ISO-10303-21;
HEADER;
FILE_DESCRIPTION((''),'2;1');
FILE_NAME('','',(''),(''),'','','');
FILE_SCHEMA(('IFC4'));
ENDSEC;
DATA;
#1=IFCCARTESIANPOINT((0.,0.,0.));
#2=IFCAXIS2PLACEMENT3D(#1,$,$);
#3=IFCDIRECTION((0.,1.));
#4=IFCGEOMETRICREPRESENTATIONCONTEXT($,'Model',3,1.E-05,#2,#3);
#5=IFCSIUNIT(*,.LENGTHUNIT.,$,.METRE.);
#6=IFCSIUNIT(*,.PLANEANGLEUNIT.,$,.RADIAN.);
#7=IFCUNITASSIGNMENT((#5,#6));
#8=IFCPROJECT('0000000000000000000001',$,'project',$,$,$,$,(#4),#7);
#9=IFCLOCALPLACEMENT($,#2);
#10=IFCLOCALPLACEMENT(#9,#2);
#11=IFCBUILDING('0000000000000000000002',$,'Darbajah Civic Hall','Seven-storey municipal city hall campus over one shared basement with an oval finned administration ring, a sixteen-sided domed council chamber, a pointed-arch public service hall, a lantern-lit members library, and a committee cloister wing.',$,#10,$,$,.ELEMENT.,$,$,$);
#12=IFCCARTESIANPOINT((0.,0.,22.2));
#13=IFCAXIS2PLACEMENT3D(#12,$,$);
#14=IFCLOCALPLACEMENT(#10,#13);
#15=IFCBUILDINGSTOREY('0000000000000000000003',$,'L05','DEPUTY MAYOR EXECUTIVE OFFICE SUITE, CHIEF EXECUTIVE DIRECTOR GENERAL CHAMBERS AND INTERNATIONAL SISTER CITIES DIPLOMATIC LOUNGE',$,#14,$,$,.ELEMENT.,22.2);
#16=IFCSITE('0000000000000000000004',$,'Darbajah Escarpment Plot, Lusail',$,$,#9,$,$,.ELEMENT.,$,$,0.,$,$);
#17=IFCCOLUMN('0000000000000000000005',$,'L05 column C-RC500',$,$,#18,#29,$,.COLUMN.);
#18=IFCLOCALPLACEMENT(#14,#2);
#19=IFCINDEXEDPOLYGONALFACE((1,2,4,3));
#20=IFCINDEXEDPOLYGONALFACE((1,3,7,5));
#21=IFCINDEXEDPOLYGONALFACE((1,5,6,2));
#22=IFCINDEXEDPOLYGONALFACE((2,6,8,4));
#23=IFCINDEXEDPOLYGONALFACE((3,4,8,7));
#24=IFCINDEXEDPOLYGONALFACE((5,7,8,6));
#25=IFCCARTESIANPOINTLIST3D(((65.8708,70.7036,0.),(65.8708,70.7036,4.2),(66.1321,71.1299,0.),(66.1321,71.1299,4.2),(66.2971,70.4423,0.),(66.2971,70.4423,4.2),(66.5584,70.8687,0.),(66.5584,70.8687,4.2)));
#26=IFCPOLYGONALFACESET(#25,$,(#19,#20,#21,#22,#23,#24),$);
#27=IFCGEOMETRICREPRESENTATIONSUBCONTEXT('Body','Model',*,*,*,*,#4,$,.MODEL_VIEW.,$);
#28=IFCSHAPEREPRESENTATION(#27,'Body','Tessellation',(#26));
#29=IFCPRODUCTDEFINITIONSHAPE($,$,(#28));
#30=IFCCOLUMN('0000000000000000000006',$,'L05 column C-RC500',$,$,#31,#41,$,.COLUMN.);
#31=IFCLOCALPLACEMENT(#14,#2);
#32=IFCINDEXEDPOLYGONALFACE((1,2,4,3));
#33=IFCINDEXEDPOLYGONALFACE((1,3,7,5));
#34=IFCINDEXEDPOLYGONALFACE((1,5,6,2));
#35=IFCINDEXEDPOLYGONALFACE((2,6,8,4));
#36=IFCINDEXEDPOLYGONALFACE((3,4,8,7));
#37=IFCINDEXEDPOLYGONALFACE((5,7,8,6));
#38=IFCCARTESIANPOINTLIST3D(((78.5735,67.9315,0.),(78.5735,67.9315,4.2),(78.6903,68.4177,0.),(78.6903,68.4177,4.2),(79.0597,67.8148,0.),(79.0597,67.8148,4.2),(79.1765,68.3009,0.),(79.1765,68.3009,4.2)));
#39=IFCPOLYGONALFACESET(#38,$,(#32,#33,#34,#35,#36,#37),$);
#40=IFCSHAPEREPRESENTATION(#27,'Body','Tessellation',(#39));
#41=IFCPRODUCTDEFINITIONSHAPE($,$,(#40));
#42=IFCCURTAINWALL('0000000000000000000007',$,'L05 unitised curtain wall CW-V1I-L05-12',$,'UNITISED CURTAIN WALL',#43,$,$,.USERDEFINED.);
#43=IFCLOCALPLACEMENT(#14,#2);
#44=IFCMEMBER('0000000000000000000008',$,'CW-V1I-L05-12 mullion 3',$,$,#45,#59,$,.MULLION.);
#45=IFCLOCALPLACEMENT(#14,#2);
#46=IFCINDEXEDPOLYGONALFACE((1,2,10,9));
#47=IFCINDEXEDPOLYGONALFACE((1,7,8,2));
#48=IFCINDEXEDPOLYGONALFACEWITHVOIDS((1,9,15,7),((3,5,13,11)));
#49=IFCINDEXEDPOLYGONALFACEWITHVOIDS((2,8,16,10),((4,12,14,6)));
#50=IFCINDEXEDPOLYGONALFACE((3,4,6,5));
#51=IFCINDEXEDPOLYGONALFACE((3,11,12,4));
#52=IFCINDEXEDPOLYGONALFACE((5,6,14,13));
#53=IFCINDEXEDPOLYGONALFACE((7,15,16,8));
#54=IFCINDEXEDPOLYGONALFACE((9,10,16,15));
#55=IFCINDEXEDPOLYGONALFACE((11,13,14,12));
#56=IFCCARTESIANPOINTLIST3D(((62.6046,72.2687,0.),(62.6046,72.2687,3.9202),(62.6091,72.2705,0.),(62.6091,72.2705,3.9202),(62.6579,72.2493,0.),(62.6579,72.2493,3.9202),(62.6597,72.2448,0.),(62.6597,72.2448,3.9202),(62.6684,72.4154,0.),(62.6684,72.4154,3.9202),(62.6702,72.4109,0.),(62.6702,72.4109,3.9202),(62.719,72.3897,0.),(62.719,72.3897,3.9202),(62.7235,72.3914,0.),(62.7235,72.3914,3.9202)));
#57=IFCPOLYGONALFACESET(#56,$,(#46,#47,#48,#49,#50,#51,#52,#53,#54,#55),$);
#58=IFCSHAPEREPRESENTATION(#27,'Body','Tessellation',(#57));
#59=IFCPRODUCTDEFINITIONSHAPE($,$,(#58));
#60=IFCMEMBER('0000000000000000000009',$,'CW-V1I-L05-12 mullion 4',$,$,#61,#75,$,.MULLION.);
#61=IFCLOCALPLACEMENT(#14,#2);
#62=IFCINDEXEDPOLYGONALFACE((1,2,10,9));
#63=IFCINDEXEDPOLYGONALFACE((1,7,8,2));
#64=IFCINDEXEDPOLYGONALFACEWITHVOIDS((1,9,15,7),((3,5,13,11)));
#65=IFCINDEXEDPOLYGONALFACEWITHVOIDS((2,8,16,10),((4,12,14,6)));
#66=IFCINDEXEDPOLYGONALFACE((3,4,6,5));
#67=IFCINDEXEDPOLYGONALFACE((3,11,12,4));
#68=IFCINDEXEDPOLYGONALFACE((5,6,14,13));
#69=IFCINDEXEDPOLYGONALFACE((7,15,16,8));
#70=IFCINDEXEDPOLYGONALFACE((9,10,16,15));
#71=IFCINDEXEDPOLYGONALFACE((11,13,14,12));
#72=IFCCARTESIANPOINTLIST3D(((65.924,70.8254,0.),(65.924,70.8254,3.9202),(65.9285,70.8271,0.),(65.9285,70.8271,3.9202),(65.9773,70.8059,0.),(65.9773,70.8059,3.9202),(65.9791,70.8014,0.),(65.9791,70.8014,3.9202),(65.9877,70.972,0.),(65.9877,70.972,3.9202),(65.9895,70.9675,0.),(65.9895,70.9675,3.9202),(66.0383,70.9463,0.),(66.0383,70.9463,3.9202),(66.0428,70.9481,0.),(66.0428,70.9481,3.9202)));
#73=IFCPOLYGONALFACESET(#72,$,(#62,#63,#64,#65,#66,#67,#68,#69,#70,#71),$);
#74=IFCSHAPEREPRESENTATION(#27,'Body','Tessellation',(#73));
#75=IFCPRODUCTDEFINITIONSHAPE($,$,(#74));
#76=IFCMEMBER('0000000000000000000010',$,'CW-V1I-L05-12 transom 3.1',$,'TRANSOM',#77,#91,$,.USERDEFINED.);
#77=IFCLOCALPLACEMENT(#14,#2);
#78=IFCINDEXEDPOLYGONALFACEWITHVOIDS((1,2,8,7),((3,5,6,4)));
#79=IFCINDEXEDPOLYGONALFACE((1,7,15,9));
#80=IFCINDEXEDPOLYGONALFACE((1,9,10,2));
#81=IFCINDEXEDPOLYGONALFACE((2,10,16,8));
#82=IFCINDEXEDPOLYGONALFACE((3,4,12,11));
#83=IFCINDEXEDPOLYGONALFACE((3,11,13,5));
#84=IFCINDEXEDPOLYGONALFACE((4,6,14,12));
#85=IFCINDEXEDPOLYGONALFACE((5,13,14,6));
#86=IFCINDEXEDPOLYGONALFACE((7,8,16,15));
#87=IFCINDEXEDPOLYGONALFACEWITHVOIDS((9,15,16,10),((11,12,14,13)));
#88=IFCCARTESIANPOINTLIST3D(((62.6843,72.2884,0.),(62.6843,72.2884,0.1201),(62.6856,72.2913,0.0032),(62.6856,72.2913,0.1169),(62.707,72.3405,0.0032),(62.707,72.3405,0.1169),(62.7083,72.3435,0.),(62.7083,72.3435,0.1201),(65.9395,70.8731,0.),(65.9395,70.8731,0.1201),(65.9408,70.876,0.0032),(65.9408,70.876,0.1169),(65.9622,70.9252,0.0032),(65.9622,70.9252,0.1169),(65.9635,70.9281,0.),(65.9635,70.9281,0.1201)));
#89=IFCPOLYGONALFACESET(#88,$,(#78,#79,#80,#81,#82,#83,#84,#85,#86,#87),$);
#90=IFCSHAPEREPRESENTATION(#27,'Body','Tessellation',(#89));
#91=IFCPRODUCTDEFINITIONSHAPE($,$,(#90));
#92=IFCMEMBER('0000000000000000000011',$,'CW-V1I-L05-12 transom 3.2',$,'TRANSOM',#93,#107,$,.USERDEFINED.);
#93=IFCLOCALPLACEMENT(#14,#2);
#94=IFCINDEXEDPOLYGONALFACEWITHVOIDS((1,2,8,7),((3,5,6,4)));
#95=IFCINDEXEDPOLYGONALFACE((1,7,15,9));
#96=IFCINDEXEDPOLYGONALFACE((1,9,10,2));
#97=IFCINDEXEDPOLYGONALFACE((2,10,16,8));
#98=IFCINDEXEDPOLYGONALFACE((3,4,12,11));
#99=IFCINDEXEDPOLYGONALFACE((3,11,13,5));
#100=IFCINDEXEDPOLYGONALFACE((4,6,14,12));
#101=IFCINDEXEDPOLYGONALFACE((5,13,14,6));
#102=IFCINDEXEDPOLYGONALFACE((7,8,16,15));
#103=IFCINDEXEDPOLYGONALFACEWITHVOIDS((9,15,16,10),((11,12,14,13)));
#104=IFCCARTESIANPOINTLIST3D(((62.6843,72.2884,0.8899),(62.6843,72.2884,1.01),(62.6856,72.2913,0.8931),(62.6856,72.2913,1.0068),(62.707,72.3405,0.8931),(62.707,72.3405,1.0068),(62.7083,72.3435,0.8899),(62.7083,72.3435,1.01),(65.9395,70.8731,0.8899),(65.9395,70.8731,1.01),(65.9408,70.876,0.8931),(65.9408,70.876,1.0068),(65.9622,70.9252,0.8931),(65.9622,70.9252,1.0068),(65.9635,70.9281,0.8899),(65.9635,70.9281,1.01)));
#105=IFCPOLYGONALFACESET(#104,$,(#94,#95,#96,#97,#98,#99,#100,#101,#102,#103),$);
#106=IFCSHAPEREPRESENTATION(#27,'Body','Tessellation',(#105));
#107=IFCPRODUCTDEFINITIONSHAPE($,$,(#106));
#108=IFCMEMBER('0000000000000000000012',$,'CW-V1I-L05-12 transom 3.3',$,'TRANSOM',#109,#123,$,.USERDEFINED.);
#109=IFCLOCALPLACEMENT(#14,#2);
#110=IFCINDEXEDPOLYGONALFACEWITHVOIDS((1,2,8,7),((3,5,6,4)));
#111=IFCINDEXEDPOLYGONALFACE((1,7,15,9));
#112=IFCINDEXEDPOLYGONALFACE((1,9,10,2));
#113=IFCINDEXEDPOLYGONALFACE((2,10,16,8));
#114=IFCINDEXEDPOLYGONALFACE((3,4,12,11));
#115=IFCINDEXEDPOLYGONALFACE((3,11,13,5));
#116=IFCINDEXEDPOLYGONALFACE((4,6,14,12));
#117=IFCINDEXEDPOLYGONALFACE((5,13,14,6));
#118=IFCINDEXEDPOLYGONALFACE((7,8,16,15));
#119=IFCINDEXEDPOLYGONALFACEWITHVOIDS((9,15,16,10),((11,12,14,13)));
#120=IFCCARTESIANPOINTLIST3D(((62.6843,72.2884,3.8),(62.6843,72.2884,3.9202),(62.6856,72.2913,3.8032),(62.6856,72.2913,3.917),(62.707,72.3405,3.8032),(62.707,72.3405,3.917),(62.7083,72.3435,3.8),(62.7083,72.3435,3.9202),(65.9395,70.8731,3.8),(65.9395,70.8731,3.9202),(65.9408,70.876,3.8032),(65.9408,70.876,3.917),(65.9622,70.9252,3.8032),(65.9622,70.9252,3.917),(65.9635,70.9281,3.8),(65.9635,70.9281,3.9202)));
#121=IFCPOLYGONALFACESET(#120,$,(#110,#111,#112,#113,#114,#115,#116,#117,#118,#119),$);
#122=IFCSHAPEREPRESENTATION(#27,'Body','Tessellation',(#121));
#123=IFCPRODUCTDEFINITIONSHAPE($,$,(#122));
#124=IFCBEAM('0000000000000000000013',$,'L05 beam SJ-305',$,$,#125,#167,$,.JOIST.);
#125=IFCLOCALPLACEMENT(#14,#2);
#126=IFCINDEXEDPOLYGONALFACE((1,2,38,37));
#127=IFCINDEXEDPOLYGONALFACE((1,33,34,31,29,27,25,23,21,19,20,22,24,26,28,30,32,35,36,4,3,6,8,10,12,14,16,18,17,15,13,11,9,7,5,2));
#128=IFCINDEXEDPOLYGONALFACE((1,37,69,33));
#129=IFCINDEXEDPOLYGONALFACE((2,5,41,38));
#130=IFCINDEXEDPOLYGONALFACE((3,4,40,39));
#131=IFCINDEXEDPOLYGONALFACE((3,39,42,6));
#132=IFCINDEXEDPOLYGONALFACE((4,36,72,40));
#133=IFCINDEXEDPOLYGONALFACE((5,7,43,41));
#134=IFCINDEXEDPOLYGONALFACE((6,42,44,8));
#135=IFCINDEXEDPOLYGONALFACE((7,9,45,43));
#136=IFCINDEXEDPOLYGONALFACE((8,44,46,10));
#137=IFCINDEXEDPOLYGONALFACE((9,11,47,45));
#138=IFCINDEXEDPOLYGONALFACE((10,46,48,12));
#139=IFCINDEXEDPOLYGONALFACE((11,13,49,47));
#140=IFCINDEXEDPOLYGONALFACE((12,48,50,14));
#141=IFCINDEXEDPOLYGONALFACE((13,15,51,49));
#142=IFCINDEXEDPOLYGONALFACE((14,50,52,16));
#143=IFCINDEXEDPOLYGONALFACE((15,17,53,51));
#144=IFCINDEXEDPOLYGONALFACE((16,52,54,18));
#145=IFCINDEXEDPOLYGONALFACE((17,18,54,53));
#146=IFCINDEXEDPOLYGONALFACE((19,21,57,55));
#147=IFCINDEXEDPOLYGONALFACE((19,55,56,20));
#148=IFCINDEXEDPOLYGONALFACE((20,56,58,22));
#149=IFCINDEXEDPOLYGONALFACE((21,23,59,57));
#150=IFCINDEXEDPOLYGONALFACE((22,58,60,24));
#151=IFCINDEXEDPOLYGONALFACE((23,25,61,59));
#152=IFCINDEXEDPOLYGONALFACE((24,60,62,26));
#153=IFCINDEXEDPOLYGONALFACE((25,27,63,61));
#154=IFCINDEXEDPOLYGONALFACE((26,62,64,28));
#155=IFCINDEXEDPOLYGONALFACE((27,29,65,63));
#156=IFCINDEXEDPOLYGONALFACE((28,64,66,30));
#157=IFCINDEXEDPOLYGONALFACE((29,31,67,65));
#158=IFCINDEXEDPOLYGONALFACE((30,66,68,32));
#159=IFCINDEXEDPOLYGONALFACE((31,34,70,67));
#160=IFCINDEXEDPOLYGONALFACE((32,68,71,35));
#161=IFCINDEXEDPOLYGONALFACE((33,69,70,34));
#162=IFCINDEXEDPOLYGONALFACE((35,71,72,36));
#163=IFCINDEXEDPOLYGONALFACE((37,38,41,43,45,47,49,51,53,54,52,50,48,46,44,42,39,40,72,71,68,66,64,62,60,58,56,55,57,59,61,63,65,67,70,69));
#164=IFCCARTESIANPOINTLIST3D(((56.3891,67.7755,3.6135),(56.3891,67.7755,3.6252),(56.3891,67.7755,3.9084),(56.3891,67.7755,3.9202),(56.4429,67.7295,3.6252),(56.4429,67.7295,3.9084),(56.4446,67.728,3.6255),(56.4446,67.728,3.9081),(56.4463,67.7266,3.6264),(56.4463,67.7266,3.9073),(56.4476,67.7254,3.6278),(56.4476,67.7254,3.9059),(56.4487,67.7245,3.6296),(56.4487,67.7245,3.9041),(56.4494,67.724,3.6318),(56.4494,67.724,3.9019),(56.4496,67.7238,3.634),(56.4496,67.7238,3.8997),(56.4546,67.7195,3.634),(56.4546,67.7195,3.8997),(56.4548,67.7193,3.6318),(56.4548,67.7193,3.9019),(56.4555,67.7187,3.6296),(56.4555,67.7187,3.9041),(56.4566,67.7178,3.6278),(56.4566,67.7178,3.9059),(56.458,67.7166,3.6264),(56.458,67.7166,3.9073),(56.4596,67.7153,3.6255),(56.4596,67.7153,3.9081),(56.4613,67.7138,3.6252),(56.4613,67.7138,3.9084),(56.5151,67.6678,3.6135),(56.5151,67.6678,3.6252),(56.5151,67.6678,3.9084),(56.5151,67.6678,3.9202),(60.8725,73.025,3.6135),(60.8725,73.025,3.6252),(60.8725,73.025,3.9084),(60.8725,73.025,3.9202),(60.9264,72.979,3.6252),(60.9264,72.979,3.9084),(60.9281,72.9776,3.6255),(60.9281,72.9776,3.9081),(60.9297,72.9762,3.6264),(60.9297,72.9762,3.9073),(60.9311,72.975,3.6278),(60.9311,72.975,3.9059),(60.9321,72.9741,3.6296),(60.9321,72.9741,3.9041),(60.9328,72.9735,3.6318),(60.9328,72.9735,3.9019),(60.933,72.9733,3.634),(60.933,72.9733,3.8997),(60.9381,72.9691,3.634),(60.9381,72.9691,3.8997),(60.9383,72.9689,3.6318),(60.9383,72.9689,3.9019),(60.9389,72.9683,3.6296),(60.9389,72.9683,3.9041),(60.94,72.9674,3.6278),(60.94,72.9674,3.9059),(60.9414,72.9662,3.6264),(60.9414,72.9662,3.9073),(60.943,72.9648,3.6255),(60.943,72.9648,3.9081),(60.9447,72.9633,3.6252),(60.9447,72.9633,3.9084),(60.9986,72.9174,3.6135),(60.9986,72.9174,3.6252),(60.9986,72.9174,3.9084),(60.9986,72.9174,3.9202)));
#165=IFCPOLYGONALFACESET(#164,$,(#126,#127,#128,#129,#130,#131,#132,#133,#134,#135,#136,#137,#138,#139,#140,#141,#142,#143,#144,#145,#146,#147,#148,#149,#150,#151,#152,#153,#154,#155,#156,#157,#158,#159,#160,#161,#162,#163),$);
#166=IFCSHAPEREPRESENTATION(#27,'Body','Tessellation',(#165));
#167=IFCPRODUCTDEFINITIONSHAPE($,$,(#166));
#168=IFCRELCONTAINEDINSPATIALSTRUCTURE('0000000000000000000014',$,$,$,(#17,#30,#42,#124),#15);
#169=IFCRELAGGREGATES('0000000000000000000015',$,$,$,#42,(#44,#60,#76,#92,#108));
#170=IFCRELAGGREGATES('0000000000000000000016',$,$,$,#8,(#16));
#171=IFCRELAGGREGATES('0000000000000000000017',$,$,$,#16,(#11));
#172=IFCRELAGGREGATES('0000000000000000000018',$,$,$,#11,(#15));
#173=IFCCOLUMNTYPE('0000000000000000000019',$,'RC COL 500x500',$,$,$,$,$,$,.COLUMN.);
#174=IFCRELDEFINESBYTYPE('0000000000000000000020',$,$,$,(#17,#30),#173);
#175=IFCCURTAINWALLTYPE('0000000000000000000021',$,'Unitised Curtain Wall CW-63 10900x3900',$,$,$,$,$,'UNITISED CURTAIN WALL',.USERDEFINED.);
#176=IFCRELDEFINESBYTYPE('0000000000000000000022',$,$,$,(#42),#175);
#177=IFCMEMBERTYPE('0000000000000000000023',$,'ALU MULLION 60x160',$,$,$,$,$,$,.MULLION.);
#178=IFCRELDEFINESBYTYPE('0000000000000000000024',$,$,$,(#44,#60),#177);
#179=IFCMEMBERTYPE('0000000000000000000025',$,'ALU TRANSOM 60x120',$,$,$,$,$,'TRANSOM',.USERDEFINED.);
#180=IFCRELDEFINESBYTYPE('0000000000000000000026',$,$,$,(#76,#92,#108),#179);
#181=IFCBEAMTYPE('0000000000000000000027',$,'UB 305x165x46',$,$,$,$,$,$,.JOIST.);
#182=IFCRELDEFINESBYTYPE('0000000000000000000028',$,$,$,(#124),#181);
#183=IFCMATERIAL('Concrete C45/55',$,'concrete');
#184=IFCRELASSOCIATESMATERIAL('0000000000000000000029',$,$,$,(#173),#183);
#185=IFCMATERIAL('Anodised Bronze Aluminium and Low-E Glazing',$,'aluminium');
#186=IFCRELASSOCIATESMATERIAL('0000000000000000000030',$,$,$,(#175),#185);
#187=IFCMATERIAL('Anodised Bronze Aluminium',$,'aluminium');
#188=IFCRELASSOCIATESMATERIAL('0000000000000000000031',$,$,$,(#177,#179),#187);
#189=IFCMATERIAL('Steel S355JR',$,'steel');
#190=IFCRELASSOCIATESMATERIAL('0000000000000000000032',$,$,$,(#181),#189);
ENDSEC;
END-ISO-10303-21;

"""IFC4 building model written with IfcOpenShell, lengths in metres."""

from ifc_helpers import new_model, si_unit, direction, frame, origin, origin_2d, place, context, subcontext, project, spatial, rectangle, hollow_rectangle, i_section, extrude, material, material_profile, profile_set, type_object, element, aggregate, save


model = new_model("IFC4")

# Units and contexts
model_context = context("Model", 3, precision=1e-05, world=origin(), true_north=direction((0.0, 1.0)))
body_context = subcontext(model_context, "Body", "Model", "MODEL_VIEW")
ifc_project = project(units=[si_unit("LENGTHUNIT", "METRE"), si_unit("PLANEANGLEUNIT", "RADIAN")], contexts=[model_context])

# Site, building, storey
site_placement = place(None, origin())
site = spatial("IfcSite", under=ifc_project, at=site_placement, Name="Darbajah Escarpment Plot, Lusail", CompositionType="ELEMENT", RefElevation=0.0)
building_placement = place(site_placement, origin())
building = spatial("IfcBuilding", under=site, at=building_placement, Name="Darbajah Civic Hall", Description="Seven-storey municipal city hall campus over one shared basement with an oval finned administration ring, a sixteen-sided domed council chamber, a pointed-arch public service hall, a lantern-lit members library, and a committee cloister wing.", CompositionType="ELEMENT")
storey_placement = place(building_placement, frame((0.0, 0.0, 22.2)))
storey = spatial("IfcBuildingStorey", under=building, at=storey_placement, Name="L05", Description="DEPUTY MAYOR EXECUTIVE OFFICE SUITE, CHIEF EXECUTIVE DIRECTOR GENERAL CHAMBERS AND INTERNATIONAL SISTER CITIES DIPLOMATIC LOUNGE", CompositionType="ELEMENT", Elevation=22.2)

# Columns
ifc_material_1 = material(Name="Concrete C45/55", Category="concrete")
ifc_material_profile_1 = material_profile(ifc_material_1, rectangle(XDim=0.5, YDim=0.5, at=origin_2d()), Name="RC COL 500x500")
ifc_profile_set_1 = profile_set([ifc_material_profile_1], Name="Concrete C45/55")
column_type = type_object("IfcColumnType", Name="RC COL 500x500", PredefinedType="COLUMN", material=ifc_profile_set_1)
for number, where, z_axis, x_axis, name in (
    (1, (66.2146, 70.7861, 0.0), (0.0, 0.0, 1.0), (-0.522499, -0.85264, 0.0), "L05 column C-RC500"),
    (2, (78.875, 68.1162, 0.0), (0.0, 0.0, 1.0), (-0.233445, -0.97237, 0.0), "L05 column C-RC500"),
):
    element("IfcColumn", number, at=place(storey_placement, frame(where, z_axis=z_axis, x_axis=x_axis)), inside=storey, type_object=column_type, Name=name, PredefinedType="COLUMN", context=body_context, shape_type="SweptSolid", body=[
        extrude(rectangle(XDim=0.5, YDim=0.5, at=origin_2d()), origin(), (0.0, 0.0, 1.0), 4.2),
    ])

# Curtain wall, members
ifc_material_2 = material(Name="Anodised Bronze Aluminium and Low-E Glazing", Category="aluminium")
curtain_wall_type = type_object("IfcCurtainWallType", Name="Unitised Curtain Wall CW-63 10900x3900", ElementType="UNITISED CURTAIN WALL", PredefinedType="USERDEFINED", material=ifc_material_2)
curtain_wall_placement = place(storey_placement, origin())
curtain_wall = element("IfcCurtainWall", 3, at=curtain_wall_placement, inside=storey, type_object=curtain_wall_type, Name="L05 unitised curtain wall CW-V1I-L05-12", ObjectType="UNITISED CURTAIN WALL", PredefinedType="USERDEFINED")
ifc_material_3 = material(Name="Anodised Bronze Aluminium", Category="aluminium")
ifc_material_profile_2 = material_profile(ifc_material_3, hollow_rectangle(XDim=0.0601, YDim=0.1599, WallThickness=0.0034, at=origin_2d()), Name="ALU MULLION 60x160")
ifc_profile_set_2 = profile_set([ifc_material_profile_2], Name="Anodised Bronze Aluminium")
member_type_1 = type_object("IfcMemberType", Name="ALU MULLION 60x160", PredefinedType="MULLION", material=ifc_profile_set_2)
member_1_placement = place(storey_placement, frame((62.6641, 72.3301, 0.0), z_axis=(0.0, 0.0, 1.0), x_axis=(0.91706, -0.398749, 0.0)))
member_1 = element("IfcMember", 4, at=member_1_placement, type_object=member_type_1, Name="CW-V1I-L05-12 mullion 3", PredefinedType="MULLION", context=body_context, shape_type="SweptSolid", body=[
    extrude(hollow_rectangle(XDim=0.0601, YDim=0.1599, WallThickness=0.0034, at=origin_2d()), origin(), (0.0, 0.0, 1.0), 3.9202),
])
member_2_placement = place(storey_placement, frame((65.9834, 70.8867, 0.0), z_axis=(0.0, 0.0, 1.0), x_axis=(0.91706, -0.398749, 0.0)))
member_2 = element("IfcMember", 5, at=member_2_placement, type_object=member_type_1, Name="CW-V1I-L05-12 mullion 4", PredefinedType="MULLION", context=body_context, shape_type="SweptSolid", body=[
    extrude(hollow_rectangle(XDim=0.0601, YDim=0.1599, WallThickness=0.0034, at=origin_2d()), origin(), (0.0, 0.0, 1.0), 3.9202),
])
ifc_material_profile_3 = material_profile(ifc_material_3, hollow_rectangle(XDim=0.0601, YDim=0.1201, WallThickness=0.0032, at=origin_2d()), Name="ALU TRANSOM 60x120")
ifc_profile_set_3 = profile_set([ifc_material_profile_3], Name="Anodised Bronze Aluminium")
member_type_2 = type_object("IfcMemberType", Name="ALU TRANSOM 60x120", ElementType="TRANSOM", PredefinedType="USERDEFINED", material=ifc_profile_set_3)
member_3_placement = place(storey_placement, frame((62.6963, 72.3159, 0.0601), z_axis=(0.917069, -0.398729, 0.0), x_axis=(0.398729, 0.917069, 0.0)))
member_3 = element("IfcMember", 6, at=member_3_placement, type_object=member_type_2, Name="CW-V1I-L05-12 transom 3.1", ObjectType="TRANSOM", PredefinedType="USERDEFINED", context=body_context, shape_type="SweptSolid", body=[
    extrude(hollow_rectangle(XDim=0.0601, YDim=0.1201, WallThickness=0.0032, at=origin_2d()), origin(), (0.0, 0.0, 1.0), 3.5496),
])
member_4_placement = place(storey_placement, frame((62.6963, 72.3159, 0.95), z_axis=(0.917069, -0.398729, 0.0), x_axis=(0.398729, 0.917069, 0.0)))
member_4 = element("IfcMember", 7, at=member_4_placement, type_object=member_type_2, Name="CW-V1I-L05-12 transom 3.2", ObjectType="TRANSOM", PredefinedType="USERDEFINED", context=body_context, shape_type="SweptSolid", body=[
    extrude(hollow_rectangle(XDim=0.0601, YDim=0.1201, WallThickness=0.0032, at=origin_2d()), origin(), (0.0, 0.0, 1.0), 3.5496),
])
member_5_placement = place(storey_placement, frame((62.6963, 72.3159, 3.8601), z_axis=(0.917069, -0.398729, 0.0), x_axis=(0.398729, 0.917069, 0.0)))
member_5 = element("IfcMember", 8, at=member_5_placement, type_object=member_type_2, Name="CW-V1I-L05-12 transom 3.3", ObjectType="TRANSOM", PredefinedType="USERDEFINED", context=body_context, shape_type="SweptSolid", body=[
    extrude(hollow_rectangle(XDim=0.0601, YDim=0.1201, WallThickness=0.0032, at=origin_2d()), origin(), (0.0, 0.0, 1.0), 3.5496),
])

# Beam
ifc_material_4 = material(Name="Steel S355JR", Category="steel")
ifc_material_profile_4 = material_profile(ifc_material_4, i_section(OverallWidth=0.1658, OverallDepth=0.3066, WebThickness=0.0066, FlangeThickness=0.0117, FilletRadius=0.0088, at=origin_2d()), Name="UB 305x165x46")
ifc_profile_set_4 = profile_set([ifc_material_profile_4], Name="Steel S355JR")
beam_type_1 = type_object("IfcBeamType", Name="UB 305x165x46", PredefinedType="JOIST", material=ifc_profile_set_4)
beam_1_placement = place(storey_placement, frame((60.9355, 72.9712, 3.7668), z_axis=(-0.649439, -0.760414, 0.0), x_axis=(0.760414, -0.649439, 0.0)))
element("IfcBeam", 9, at=beam_1_placement, inside=storey, type_object=beam_type_1, Name="L05 beam SJ-305", PredefinedType="JOIST", context=body_context, shape_type="SweptSolid", body=[
    extrude(i_section(OverallWidth=0.1658, OverallDepth=0.3066, WebThickness=0.0066, FlangeThickness=0.0117, FilletRadius=0.0088, at=origin_2d()), origin(), (0.0, 0.0, 1.0), 6.9036),
])

aggregate(curtain_wall, [member_1, member_2, member_3, member_4, member_5])

save(model, "model.ifc")
